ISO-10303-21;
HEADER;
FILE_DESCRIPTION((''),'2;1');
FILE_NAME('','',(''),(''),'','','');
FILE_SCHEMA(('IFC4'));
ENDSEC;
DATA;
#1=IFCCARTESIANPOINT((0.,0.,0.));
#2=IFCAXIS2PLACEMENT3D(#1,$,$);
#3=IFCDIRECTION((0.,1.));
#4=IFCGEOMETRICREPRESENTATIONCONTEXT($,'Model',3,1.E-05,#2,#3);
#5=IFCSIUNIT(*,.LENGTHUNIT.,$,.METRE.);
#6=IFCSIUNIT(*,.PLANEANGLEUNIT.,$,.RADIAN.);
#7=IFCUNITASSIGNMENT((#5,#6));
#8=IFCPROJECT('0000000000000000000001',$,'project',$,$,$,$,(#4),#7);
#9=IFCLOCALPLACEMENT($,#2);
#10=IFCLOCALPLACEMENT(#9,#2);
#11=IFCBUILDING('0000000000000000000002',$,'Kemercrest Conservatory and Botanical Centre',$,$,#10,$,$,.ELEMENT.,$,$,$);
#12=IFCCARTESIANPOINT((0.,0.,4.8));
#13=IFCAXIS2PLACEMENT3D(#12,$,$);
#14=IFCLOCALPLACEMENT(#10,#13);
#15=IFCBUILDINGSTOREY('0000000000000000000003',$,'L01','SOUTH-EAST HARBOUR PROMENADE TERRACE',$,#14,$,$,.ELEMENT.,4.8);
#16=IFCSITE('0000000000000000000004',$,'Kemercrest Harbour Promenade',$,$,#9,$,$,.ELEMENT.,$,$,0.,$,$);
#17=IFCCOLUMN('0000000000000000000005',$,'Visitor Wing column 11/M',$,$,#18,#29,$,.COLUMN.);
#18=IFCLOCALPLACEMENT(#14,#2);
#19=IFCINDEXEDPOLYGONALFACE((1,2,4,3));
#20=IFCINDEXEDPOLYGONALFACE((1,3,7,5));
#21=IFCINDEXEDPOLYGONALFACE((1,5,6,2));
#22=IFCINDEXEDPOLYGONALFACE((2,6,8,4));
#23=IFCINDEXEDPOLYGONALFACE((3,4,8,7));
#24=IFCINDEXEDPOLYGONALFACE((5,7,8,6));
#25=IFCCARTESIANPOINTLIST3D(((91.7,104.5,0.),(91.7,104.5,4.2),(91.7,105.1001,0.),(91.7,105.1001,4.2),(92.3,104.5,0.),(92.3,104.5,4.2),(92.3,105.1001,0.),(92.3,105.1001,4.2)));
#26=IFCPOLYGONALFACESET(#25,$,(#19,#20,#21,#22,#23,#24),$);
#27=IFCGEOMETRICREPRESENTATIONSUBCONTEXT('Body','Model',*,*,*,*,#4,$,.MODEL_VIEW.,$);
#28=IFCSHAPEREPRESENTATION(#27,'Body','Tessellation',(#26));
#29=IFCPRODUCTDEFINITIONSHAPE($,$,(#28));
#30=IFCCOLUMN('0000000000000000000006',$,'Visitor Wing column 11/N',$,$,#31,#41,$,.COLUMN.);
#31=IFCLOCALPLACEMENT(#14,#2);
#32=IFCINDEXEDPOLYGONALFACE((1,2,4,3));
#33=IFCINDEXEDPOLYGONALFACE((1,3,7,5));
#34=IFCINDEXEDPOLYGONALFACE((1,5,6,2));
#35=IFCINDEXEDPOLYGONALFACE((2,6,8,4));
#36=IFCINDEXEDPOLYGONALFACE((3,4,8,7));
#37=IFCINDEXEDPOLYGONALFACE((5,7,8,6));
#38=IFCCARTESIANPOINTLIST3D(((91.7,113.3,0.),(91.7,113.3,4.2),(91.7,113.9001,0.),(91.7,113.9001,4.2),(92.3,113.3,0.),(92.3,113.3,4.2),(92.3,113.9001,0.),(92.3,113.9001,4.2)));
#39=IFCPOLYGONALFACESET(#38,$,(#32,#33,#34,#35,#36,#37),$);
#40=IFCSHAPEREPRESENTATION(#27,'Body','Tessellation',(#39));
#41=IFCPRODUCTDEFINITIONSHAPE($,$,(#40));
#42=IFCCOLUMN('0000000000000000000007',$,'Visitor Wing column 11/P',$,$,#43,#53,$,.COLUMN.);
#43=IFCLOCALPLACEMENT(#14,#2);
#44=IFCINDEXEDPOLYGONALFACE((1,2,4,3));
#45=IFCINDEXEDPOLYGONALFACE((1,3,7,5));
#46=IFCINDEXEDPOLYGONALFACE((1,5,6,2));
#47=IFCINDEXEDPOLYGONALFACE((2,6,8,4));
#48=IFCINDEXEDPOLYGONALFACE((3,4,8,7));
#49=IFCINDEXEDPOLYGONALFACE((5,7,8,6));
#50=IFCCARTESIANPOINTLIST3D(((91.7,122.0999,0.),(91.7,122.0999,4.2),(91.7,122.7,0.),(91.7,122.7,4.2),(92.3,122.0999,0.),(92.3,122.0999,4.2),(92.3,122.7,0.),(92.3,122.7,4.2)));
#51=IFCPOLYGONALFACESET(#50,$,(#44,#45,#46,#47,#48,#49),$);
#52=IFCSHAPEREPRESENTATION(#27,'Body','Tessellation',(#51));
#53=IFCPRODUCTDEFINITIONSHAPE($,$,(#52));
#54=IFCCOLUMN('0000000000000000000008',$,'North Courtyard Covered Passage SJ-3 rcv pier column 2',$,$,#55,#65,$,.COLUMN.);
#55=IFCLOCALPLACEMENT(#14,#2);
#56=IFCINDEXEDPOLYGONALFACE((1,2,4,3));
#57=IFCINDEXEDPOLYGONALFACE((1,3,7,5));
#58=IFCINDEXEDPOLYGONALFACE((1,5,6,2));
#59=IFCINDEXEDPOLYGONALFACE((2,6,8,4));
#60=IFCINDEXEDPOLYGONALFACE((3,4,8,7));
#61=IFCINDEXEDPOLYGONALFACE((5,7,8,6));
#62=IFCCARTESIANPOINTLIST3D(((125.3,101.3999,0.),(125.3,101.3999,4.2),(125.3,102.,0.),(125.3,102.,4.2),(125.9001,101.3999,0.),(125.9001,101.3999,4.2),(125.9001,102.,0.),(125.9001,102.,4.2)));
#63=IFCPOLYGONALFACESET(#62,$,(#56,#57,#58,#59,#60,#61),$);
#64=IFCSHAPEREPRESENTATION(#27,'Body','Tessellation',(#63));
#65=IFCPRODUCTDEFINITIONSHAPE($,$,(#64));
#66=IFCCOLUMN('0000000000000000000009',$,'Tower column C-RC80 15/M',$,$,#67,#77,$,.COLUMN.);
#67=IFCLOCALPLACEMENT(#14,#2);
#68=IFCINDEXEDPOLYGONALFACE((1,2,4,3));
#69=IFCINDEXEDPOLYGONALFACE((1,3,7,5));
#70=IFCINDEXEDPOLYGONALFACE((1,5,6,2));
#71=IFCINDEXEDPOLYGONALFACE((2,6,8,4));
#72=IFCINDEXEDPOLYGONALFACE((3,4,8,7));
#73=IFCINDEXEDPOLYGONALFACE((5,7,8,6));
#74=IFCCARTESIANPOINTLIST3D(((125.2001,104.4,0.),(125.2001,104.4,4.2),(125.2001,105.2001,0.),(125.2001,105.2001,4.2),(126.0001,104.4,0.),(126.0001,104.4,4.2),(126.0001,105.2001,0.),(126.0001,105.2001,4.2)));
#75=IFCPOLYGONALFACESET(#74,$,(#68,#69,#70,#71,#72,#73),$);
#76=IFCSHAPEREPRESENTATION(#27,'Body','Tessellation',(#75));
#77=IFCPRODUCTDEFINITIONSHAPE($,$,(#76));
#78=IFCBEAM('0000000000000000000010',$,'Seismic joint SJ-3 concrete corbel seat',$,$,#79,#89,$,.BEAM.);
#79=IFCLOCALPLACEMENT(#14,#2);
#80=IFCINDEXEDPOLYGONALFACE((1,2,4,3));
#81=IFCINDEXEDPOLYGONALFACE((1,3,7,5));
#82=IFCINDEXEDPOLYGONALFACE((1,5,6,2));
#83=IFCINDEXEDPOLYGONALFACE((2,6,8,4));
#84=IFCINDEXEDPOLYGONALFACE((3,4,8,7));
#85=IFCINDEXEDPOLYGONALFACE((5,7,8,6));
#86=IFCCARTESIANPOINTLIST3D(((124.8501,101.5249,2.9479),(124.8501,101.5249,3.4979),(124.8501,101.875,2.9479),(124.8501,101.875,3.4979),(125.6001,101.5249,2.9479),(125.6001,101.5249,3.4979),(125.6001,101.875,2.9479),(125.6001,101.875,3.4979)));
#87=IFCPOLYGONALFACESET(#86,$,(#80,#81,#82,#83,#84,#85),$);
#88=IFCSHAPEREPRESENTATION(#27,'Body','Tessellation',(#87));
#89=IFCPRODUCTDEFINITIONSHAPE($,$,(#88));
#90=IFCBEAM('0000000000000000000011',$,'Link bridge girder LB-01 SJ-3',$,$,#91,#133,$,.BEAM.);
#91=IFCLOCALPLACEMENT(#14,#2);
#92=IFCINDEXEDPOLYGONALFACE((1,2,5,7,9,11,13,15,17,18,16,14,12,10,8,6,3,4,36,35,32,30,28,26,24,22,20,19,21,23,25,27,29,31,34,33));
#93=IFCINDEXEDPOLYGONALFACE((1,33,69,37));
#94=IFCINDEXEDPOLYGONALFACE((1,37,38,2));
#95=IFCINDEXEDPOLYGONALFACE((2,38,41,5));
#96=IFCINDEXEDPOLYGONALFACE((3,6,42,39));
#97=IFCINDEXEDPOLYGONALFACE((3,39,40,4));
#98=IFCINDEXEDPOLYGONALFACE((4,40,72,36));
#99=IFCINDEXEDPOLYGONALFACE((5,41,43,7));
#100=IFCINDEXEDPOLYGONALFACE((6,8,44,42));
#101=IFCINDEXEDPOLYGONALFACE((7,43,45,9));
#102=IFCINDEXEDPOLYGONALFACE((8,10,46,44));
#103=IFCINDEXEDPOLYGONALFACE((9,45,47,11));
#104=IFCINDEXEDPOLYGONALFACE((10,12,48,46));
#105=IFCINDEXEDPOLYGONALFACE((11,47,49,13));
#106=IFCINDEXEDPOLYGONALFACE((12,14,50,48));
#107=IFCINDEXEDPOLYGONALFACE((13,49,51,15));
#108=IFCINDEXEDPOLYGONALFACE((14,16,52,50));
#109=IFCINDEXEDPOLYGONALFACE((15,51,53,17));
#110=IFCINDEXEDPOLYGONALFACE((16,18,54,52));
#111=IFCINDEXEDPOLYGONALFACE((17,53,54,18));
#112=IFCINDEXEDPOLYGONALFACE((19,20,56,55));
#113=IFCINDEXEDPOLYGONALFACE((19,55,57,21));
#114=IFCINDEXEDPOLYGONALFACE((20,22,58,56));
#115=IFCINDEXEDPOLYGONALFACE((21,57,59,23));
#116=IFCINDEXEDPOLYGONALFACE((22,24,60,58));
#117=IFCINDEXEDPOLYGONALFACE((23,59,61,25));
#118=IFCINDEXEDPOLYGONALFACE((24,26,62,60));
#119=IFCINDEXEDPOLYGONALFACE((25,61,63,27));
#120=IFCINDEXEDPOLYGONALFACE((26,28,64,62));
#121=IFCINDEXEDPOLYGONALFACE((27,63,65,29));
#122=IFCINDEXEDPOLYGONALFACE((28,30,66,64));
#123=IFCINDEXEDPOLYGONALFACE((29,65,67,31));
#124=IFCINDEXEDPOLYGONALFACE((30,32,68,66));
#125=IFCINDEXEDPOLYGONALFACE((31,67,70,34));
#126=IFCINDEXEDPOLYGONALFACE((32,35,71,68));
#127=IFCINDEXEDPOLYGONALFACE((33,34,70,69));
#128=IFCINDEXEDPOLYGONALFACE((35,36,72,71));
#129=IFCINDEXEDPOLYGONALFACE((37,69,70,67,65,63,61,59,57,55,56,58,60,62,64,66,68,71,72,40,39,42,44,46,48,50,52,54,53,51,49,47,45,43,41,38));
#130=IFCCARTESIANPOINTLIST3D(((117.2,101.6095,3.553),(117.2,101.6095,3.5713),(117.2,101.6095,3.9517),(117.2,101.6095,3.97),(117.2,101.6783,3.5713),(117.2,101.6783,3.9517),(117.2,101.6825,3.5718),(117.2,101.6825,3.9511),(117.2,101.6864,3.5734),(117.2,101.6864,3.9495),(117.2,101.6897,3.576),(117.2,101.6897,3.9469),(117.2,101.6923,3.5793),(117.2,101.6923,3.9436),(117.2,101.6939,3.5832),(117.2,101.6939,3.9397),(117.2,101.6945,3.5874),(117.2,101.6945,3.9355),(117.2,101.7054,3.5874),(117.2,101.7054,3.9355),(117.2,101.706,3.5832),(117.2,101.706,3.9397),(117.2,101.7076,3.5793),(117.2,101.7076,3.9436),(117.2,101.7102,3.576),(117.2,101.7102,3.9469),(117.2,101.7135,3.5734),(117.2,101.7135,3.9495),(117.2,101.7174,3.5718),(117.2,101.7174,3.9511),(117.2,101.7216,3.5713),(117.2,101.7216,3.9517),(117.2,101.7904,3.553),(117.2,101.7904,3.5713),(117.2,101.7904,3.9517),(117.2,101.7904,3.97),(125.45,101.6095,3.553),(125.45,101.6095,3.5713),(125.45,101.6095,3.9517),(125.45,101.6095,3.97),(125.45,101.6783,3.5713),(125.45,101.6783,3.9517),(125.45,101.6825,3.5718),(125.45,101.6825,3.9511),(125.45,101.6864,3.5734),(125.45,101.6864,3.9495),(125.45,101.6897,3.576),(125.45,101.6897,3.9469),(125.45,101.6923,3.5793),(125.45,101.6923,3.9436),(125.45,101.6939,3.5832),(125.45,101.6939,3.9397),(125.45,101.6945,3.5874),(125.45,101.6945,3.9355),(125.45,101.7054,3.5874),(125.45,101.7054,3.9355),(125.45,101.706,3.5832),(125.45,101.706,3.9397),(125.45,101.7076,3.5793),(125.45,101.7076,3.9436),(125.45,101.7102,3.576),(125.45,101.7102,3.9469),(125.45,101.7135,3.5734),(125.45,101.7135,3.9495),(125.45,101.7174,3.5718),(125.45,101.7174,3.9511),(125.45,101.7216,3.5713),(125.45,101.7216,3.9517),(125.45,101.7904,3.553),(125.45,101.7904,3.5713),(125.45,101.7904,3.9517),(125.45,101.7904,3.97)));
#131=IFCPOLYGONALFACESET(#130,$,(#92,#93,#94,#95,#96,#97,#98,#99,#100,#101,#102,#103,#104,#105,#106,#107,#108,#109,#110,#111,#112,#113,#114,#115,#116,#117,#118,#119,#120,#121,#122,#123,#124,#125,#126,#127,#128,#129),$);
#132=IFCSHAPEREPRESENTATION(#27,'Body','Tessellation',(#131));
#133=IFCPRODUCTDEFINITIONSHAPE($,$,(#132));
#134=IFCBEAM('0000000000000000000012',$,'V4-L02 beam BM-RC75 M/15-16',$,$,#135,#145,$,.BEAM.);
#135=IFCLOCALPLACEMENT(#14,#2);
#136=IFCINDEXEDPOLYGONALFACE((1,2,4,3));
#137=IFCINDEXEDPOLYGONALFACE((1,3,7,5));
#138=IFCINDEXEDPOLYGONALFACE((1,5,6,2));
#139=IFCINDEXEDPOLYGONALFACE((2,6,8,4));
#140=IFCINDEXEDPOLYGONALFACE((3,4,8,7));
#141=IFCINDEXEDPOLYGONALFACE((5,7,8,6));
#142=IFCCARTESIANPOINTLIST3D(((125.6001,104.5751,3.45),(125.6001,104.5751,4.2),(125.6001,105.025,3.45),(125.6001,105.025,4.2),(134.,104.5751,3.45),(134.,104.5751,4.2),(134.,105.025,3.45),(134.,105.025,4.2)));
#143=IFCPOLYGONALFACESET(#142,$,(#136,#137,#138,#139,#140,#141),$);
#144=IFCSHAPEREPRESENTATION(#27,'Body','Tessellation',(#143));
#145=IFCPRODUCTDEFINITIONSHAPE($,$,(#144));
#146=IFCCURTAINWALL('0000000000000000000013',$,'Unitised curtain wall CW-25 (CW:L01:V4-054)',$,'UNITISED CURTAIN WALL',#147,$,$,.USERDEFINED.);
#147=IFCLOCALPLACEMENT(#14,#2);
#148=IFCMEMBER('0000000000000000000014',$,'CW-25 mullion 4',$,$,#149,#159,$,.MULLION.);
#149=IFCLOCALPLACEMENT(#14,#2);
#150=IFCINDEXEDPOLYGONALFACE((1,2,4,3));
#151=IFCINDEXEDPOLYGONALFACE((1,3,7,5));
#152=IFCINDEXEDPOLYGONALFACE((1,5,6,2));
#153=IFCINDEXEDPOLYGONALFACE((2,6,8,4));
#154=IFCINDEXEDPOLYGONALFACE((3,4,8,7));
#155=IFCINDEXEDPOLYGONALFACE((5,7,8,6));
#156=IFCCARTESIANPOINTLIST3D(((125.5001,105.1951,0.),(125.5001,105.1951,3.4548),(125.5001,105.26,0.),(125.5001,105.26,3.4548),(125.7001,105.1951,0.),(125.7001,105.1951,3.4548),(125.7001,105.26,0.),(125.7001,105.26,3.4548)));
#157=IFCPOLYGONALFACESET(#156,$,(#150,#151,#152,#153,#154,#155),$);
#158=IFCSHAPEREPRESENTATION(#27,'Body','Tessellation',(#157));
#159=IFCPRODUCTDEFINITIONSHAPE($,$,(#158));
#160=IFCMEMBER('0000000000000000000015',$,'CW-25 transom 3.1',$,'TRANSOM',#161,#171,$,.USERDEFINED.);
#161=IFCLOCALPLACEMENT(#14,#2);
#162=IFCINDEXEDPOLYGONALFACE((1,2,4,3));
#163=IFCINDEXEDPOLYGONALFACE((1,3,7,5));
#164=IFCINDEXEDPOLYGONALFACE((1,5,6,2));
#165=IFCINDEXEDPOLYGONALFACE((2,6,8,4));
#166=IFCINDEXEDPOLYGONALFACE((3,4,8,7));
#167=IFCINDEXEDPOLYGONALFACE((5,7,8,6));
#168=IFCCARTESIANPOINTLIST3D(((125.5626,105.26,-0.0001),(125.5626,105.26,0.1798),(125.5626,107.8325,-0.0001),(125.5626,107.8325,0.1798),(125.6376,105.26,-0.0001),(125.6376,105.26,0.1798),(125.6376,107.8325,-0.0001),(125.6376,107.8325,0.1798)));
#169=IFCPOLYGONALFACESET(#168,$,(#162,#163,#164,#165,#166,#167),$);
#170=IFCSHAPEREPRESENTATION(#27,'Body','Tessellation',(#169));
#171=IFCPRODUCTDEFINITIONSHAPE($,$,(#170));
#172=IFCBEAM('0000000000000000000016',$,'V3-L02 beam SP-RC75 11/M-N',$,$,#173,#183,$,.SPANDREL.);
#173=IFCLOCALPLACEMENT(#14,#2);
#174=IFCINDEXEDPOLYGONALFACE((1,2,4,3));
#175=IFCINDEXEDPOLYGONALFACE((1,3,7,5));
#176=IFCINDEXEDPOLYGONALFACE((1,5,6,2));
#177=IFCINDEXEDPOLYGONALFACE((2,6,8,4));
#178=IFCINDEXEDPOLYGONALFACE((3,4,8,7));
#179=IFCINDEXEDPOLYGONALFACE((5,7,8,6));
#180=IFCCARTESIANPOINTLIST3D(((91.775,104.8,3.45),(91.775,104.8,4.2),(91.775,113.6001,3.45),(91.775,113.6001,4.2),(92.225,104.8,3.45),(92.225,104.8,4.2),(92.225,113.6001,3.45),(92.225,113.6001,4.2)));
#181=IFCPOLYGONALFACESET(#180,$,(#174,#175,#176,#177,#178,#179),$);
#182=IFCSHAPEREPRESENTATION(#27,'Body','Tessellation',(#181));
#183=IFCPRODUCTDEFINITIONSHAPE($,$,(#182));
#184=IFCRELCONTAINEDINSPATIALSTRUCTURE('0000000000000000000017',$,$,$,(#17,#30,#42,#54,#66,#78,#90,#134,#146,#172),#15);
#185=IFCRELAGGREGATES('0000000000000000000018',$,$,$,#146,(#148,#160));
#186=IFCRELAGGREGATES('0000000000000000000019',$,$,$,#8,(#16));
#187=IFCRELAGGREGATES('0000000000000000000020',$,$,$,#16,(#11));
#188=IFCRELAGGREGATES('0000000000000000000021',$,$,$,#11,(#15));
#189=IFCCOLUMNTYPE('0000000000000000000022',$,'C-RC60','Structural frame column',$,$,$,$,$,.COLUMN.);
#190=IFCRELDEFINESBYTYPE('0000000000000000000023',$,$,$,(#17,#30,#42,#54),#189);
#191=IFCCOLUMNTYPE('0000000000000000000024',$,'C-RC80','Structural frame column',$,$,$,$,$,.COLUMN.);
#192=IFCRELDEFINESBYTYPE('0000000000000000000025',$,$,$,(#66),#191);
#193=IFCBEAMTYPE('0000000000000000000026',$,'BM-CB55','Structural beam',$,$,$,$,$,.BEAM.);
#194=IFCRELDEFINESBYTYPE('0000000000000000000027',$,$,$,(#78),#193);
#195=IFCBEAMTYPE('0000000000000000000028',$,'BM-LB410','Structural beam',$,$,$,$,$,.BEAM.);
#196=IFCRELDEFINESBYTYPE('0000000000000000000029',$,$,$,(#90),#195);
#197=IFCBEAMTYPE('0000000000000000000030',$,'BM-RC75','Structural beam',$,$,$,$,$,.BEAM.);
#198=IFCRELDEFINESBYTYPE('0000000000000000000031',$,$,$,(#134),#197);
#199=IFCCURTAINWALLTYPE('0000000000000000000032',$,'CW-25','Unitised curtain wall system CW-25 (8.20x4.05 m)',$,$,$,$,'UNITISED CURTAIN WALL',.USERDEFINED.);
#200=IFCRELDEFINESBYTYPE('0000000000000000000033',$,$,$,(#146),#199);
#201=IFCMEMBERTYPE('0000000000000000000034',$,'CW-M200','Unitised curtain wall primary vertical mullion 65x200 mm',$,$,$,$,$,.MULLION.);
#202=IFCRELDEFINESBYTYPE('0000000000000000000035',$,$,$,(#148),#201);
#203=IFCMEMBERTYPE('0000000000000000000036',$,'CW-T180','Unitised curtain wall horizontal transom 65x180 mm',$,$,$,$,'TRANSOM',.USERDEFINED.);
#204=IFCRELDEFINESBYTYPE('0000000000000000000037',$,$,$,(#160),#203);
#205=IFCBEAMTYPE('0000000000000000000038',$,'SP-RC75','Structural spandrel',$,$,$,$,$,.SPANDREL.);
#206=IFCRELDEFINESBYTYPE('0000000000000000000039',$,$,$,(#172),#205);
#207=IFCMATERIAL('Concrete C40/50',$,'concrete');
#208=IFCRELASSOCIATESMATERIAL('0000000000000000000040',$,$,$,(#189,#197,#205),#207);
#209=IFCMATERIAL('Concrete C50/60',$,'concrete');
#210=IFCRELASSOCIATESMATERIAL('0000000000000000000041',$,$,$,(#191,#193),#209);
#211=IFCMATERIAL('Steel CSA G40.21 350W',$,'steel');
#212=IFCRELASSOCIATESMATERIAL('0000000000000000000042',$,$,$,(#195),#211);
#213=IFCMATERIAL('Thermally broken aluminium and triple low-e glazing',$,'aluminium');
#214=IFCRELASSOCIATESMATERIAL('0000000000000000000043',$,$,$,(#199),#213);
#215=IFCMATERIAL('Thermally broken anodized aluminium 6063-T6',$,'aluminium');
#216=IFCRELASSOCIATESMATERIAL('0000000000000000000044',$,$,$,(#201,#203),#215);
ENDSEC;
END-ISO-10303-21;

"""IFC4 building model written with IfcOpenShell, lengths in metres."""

from ifc_helpers import new_model, si_unit, direction, frame, origin, origin_2d, place, context, subcontext, project, spatial, rectangle, i_section, extrude, material, material_profile, profile_set, type_object, element, aggregate, save


model = new_model("IFC4")

# Units and contexts
model_context = context("Model", 3, precision=1e-05, world=origin(), true_north=direction((0.0, 1.0)))
body_context = subcontext(model_context, "Body", "Model", "MODEL_VIEW")
ifc_project = project(units=[si_unit("LENGTHUNIT", "METRE"), si_unit("PLANEANGLEUNIT", "RADIAN")], contexts=[model_context])

# Site, building, storey
site_placement = place(None, origin())
site = spatial("IfcSite", under=ifc_project, at=site_placement, Name="Kemercrest Harbour Promenade", CompositionType="ELEMENT", RefElevation=0.0)
building_placement = place(site_placement, origin())
building = spatial("IfcBuilding", under=site, at=building_placement, Name="Kemercrest Conservatory and Botanical Centre", CompositionType="ELEMENT")
storey_placement = place(building_placement, frame((0.0, 0.0, 4.8)))
storey = spatial("IfcBuildingStorey", under=building, at=storey_placement, Name="L01", Description="SOUTH-EAST HARBOUR PROMENADE TERRACE", CompositionType="ELEMENT", Elevation=4.8)

# Columns
ifc_material_1 = material(Name="Concrete C40/50", Category="concrete")
ifc_material_profile_1 = material_profile(ifc_material_1, rectangle(XDim=0.6001, YDim=0.6001, at=origin_2d()), Name="RC 600x600")
ifc_profile_set_1 = profile_set([ifc_material_profile_1], Name="Concrete C40/50")
column_type_1 = type_object("IfcColumnType", Name="C-RC60", Description="Structural frame column", PredefinedType="COLUMN", material=ifc_profile_set_1)
for number, where, z_axis, x_axis, name in (
    (1, (92.0, 104.8, 0.0), (0.0, 0.0, 1.0), (1.0, 0.0, 0.0), "Visitor Wing column 11/M"),
    (2, (92.0, 113.6001, 0.0), (0.0, 0.0, 1.0), (1.0, 0.0, 0.0), "Visitor Wing column 11/N"),
    (3, (92.0, 122.3999, 0.0), (0.0, 0.0, 1.0), (1.0, 0.0, 0.0), "Visitor Wing column 11/P"),
    (4, (125.6001, 101.7, 0.0), (0.0, 0.0, 1.0), (1.0, 0.0, 0.0), "North Courtyard Covered Passage SJ-3 rcv pier column 2"),
):
    element("IfcColumn", number, at=place(storey_placement, frame(where, z_axis=z_axis, x_axis=x_axis)), inside=storey, type_object=column_type_1, Name=name, PredefinedType="COLUMN", context=body_context, shape_type="SweptSolid", body=[
        extrude(rectangle(XDim=0.6001, YDim=0.6001, at=origin_2d()), origin(), (0.0, 0.0, 1.0), 4.2),
    ])
ifc_material_2 = material(Name="Concrete C50/60", Category="concrete")
ifc_material_profile_2 = material_profile(ifc_material_2, rectangle(XDim=0.8, YDim=0.8, at=origin_2d()), Name="RC 800x800")
ifc_profile_set_2 = profile_set([ifc_material_profile_2], Name="Concrete C50/60")
column_type_2 = type_object("IfcColumnType", Name="C-RC80", Description="Structural frame column", PredefinedType="COLUMN", material=ifc_profile_set_2)
column_placement = place(storey_placement, frame((125.6001, 104.8, 0.0), z_axis=(0.0, 0.0, 1.0), x_axis=(1.0, 0.0, 0.0)))
element("IfcColumn", 5, at=column_placement, inside=storey, type_object=column_type_2, Name="Tower column C-RC80 15/M", PredefinedType="COLUMN", context=body_context, shape_type="SweptSolid", body=[
    extrude(rectangle(XDim=0.8, YDim=0.8, at=origin_2d()), origin(), (0.0, 0.0, 1.0), 4.2),
])

# Beams
ifc_material_profile_3 = material_profile(ifc_material_2, rectangle(XDim=0.3501, YDim=0.55, at=origin_2d()), Name="RC 350x550")
ifc_profile_set_3 = profile_set([ifc_material_profile_3], Name="Concrete C50/60")
beam_type_1 = type_object("IfcBeamType", Name="BM-CB55", Description="Structural beam", PredefinedType="BEAM", material=ifc_profile_set_3)
beam_1_placement = place(storey_placement, frame((125.6001, 101.7, 3.2229), z_axis=(-1.0, 0.0, 0.0), x_axis=(0.0, -1.0, 0.0)))
element("IfcBeam", 6, at=beam_1_placement, inside=storey, type_object=beam_type_1, Name="Seismic joint SJ-3 concrete corbel seat", PredefinedType="BEAM", context=body_context, shape_type="SweptSolid", body=[
    extrude(rectangle(XDim=0.3501, YDim=0.55, at=origin_2d()), origin(), (0.0, 0.0, 1.0), 0.75),
])
ifc_material_3 = material(Name="Steel CSA G40.21 350W", Category="steel")
ifc_material_profile_4 = material_profile(ifc_material_3, i_section(OverallWidth=0.1809, OverallDepth=0.417, WebThickness=0.011, FlangeThickness=0.0183, FilletRadius=0.0161, at=origin_2d()), Name="W410X85")
ifc_profile_set_4 = profile_set([ifc_material_profile_4], Name="Steel CSA G40.21 350W")
beam_type_2 = type_object("IfcBeamType", Name="BM-LB410", Description="Structural beam", PredefinedType="BEAM", material=ifc_profile_set_4)
beam_2_placement = place(storey_placement, frame((117.2, 101.7, 3.7615), z_axis=(1.0, 0.0, 0.0), x_axis=(0.0, 1.0, 0.0)))
element("IfcBeam", 7, at=beam_2_placement, inside=storey, type_object=beam_type_2, Name="Link bridge girder LB-01 SJ-3", PredefinedType="BEAM", context=body_context, shape_type="SweptSolid", body=[
    extrude(i_section(OverallWidth=0.1809, OverallDepth=0.417, WebThickness=0.011, FlangeThickness=0.0183, FilletRadius=0.0161, at=origin_2d()), origin(), (0.0, 0.0, 1.0), 8.25),
])
ifc_material_profile_5 = material_profile(ifc_material_1, rectangle(XDim=0.45, YDim=0.75, at=origin_2d()), Name="RC 450x750")
ifc_profile_set_5 = profile_set([ifc_material_profile_5], Name="Concrete C40/50")
beam_type_3 = type_object("IfcBeamType", Name="BM-RC75", Description="Structural beam", PredefinedType="BEAM", material=ifc_profile_set_5)
beam_3_placement = place(storey_placement, frame((125.6001, 104.8, 3.825), z_axis=(1.0, 0.0, 0.0), x_axis=(0.0, 1.0, 0.0)))
element("IfcBeam", 8, at=beam_3_placement, inside=storey, type_object=beam_type_3, Name="V4-L02 beam BM-RC75 M/15-16", PredefinedType="BEAM", context=body_context, shape_type="SweptSolid", body=[
    extrude(rectangle(XDim=0.45, YDim=0.75, at=origin_2d()), origin(), (0.0, 0.0, 1.0), 8.3999),
])

# Curtain wall, members
ifc_material_4 = material(Name="Thermally broken aluminium and triple low-e glazing", Category="aluminium")
curtain_wall_type = type_object("IfcCurtainWallType", Name="CW-25", Description="Unitised curtain wall system CW-25 (8.20x4.05 m)", ElementType="UNITISED CURTAIN WALL", PredefinedType="USERDEFINED", material=ifc_material_4)
curtain_wall_placement = place(storey_placement, origin())
curtain_wall = element("IfcCurtainWall", 9, at=curtain_wall_placement, inside=storey, type_object=curtain_wall_type, Name="Unitised curtain wall CW-25 (CW:L01:V4-054)", ObjectType="UNITISED CURTAIN WALL", PredefinedType="USERDEFINED")
ifc_material_5 = material(Name="Thermally broken anodized aluminium 6063-T6", Category="aluminium")
ifc_material_profile_6 = material_profile(ifc_material_5, rectangle(XDim=0.2, YDim=0.0649, at=origin_2d()), Name="AL MULLION 65x200")
ifc_profile_set_6 = profile_set([ifc_material_profile_6], Name="Thermally broken anodized aluminium 6063-T6")
member_type_1 = type_object("IfcMemberType", Name="CW-M200", Description="Unitised curtain wall primary vertical mullion 65x200 mm", PredefinedType="MULLION", material=ifc_profile_set_6)
member_1_placement = place(storey_placement, frame((125.6001, 105.2275, 0.0), z_axis=(0.0, 0.0, 1.0), x_axis=(1.0, 0.0, 0.0)))
member_1 = element("IfcMember", 10, at=member_1_placement, type_object=member_type_1, Name="CW-25 mullion 4", PredefinedType="MULLION", context=body_context, shape_type="SweptSolid", body=[
    extrude(rectangle(XDim=0.2, YDim=0.0649, at=origin_2d()), origin(), (0.0, 0.0, 1.0), 3.4548),
])
ifc_material_profile_7 = material_profile(ifc_material_5, rectangle(XDim=0.075, YDim=0.1799, at=origin_2d()), Name="AL TRANSOM 75x180")
ifc_profile_set_7 = profile_set([ifc_material_profile_7], Name="Thermally broken anodized aluminium 6063-T6")
member_type_2 = type_object("IfcMemberType", Name="CW-T180", Description="Unitised curtain wall horizontal transom 65x180 mm", ElementType="TRANSOM", PredefinedType="USERDEFINED", material=ifc_profile_set_7)
member_2_placement = place(storey_placement, frame((125.6001, 107.8325, 0.0898), z_axis=(0.0, -1.0, 0.0), x_axis=(1.0, 0.0, 0.0)))
member_2 = element("IfcMember", 11, at=member_2_placement, type_object=member_type_2, Name="CW-25 transom 3.1", ObjectType="TRANSOM", PredefinedType="USERDEFINED", context=body_context, shape_type="SweptSolid", body=[
    extrude(rectangle(XDim=0.075, YDim=0.1799, at=origin_2d()), origin(), (0.0, 0.0, 1.0), 2.5725),
])

# Beam
ifc_material_profile_8 = material_profile(ifc_material_1, rectangle(XDim=0.45, YDim=0.75, at=origin_2d()), Name="RC 450x750")
ifc_profile_set_8 = profile_set([ifc_material_profile_8], Name="Concrete C40/50")
beam_type_4 = type_object("IfcBeamType", Name="SP-RC75", Description="Structural spandrel", PredefinedType="SPANDREL", material=ifc_profile_set_8)
beam_4_placement = place(storey_placement, frame((92.0, 104.8, 3.825), z_axis=(0.0, 1.0, 0.0), x_axis=(-1.0, 0.0, 0.0)))
element("IfcBeam", 12, at=beam_4_placement, inside=storey, type_object=beam_type_4, Name="V3-L02 beam SP-RC75 11/M-N", PredefinedType="SPANDREL", context=body_context, shape_type="SweptSolid", body=[
    extrude(rectangle(XDim=0.45, YDim=0.75, at=origin_2d()), origin(), (0.0, 0.0, 1.0), 8.8),
])

aggregate(curtain_wall, [member_1, member_2])

save(model, "model.ifc")
